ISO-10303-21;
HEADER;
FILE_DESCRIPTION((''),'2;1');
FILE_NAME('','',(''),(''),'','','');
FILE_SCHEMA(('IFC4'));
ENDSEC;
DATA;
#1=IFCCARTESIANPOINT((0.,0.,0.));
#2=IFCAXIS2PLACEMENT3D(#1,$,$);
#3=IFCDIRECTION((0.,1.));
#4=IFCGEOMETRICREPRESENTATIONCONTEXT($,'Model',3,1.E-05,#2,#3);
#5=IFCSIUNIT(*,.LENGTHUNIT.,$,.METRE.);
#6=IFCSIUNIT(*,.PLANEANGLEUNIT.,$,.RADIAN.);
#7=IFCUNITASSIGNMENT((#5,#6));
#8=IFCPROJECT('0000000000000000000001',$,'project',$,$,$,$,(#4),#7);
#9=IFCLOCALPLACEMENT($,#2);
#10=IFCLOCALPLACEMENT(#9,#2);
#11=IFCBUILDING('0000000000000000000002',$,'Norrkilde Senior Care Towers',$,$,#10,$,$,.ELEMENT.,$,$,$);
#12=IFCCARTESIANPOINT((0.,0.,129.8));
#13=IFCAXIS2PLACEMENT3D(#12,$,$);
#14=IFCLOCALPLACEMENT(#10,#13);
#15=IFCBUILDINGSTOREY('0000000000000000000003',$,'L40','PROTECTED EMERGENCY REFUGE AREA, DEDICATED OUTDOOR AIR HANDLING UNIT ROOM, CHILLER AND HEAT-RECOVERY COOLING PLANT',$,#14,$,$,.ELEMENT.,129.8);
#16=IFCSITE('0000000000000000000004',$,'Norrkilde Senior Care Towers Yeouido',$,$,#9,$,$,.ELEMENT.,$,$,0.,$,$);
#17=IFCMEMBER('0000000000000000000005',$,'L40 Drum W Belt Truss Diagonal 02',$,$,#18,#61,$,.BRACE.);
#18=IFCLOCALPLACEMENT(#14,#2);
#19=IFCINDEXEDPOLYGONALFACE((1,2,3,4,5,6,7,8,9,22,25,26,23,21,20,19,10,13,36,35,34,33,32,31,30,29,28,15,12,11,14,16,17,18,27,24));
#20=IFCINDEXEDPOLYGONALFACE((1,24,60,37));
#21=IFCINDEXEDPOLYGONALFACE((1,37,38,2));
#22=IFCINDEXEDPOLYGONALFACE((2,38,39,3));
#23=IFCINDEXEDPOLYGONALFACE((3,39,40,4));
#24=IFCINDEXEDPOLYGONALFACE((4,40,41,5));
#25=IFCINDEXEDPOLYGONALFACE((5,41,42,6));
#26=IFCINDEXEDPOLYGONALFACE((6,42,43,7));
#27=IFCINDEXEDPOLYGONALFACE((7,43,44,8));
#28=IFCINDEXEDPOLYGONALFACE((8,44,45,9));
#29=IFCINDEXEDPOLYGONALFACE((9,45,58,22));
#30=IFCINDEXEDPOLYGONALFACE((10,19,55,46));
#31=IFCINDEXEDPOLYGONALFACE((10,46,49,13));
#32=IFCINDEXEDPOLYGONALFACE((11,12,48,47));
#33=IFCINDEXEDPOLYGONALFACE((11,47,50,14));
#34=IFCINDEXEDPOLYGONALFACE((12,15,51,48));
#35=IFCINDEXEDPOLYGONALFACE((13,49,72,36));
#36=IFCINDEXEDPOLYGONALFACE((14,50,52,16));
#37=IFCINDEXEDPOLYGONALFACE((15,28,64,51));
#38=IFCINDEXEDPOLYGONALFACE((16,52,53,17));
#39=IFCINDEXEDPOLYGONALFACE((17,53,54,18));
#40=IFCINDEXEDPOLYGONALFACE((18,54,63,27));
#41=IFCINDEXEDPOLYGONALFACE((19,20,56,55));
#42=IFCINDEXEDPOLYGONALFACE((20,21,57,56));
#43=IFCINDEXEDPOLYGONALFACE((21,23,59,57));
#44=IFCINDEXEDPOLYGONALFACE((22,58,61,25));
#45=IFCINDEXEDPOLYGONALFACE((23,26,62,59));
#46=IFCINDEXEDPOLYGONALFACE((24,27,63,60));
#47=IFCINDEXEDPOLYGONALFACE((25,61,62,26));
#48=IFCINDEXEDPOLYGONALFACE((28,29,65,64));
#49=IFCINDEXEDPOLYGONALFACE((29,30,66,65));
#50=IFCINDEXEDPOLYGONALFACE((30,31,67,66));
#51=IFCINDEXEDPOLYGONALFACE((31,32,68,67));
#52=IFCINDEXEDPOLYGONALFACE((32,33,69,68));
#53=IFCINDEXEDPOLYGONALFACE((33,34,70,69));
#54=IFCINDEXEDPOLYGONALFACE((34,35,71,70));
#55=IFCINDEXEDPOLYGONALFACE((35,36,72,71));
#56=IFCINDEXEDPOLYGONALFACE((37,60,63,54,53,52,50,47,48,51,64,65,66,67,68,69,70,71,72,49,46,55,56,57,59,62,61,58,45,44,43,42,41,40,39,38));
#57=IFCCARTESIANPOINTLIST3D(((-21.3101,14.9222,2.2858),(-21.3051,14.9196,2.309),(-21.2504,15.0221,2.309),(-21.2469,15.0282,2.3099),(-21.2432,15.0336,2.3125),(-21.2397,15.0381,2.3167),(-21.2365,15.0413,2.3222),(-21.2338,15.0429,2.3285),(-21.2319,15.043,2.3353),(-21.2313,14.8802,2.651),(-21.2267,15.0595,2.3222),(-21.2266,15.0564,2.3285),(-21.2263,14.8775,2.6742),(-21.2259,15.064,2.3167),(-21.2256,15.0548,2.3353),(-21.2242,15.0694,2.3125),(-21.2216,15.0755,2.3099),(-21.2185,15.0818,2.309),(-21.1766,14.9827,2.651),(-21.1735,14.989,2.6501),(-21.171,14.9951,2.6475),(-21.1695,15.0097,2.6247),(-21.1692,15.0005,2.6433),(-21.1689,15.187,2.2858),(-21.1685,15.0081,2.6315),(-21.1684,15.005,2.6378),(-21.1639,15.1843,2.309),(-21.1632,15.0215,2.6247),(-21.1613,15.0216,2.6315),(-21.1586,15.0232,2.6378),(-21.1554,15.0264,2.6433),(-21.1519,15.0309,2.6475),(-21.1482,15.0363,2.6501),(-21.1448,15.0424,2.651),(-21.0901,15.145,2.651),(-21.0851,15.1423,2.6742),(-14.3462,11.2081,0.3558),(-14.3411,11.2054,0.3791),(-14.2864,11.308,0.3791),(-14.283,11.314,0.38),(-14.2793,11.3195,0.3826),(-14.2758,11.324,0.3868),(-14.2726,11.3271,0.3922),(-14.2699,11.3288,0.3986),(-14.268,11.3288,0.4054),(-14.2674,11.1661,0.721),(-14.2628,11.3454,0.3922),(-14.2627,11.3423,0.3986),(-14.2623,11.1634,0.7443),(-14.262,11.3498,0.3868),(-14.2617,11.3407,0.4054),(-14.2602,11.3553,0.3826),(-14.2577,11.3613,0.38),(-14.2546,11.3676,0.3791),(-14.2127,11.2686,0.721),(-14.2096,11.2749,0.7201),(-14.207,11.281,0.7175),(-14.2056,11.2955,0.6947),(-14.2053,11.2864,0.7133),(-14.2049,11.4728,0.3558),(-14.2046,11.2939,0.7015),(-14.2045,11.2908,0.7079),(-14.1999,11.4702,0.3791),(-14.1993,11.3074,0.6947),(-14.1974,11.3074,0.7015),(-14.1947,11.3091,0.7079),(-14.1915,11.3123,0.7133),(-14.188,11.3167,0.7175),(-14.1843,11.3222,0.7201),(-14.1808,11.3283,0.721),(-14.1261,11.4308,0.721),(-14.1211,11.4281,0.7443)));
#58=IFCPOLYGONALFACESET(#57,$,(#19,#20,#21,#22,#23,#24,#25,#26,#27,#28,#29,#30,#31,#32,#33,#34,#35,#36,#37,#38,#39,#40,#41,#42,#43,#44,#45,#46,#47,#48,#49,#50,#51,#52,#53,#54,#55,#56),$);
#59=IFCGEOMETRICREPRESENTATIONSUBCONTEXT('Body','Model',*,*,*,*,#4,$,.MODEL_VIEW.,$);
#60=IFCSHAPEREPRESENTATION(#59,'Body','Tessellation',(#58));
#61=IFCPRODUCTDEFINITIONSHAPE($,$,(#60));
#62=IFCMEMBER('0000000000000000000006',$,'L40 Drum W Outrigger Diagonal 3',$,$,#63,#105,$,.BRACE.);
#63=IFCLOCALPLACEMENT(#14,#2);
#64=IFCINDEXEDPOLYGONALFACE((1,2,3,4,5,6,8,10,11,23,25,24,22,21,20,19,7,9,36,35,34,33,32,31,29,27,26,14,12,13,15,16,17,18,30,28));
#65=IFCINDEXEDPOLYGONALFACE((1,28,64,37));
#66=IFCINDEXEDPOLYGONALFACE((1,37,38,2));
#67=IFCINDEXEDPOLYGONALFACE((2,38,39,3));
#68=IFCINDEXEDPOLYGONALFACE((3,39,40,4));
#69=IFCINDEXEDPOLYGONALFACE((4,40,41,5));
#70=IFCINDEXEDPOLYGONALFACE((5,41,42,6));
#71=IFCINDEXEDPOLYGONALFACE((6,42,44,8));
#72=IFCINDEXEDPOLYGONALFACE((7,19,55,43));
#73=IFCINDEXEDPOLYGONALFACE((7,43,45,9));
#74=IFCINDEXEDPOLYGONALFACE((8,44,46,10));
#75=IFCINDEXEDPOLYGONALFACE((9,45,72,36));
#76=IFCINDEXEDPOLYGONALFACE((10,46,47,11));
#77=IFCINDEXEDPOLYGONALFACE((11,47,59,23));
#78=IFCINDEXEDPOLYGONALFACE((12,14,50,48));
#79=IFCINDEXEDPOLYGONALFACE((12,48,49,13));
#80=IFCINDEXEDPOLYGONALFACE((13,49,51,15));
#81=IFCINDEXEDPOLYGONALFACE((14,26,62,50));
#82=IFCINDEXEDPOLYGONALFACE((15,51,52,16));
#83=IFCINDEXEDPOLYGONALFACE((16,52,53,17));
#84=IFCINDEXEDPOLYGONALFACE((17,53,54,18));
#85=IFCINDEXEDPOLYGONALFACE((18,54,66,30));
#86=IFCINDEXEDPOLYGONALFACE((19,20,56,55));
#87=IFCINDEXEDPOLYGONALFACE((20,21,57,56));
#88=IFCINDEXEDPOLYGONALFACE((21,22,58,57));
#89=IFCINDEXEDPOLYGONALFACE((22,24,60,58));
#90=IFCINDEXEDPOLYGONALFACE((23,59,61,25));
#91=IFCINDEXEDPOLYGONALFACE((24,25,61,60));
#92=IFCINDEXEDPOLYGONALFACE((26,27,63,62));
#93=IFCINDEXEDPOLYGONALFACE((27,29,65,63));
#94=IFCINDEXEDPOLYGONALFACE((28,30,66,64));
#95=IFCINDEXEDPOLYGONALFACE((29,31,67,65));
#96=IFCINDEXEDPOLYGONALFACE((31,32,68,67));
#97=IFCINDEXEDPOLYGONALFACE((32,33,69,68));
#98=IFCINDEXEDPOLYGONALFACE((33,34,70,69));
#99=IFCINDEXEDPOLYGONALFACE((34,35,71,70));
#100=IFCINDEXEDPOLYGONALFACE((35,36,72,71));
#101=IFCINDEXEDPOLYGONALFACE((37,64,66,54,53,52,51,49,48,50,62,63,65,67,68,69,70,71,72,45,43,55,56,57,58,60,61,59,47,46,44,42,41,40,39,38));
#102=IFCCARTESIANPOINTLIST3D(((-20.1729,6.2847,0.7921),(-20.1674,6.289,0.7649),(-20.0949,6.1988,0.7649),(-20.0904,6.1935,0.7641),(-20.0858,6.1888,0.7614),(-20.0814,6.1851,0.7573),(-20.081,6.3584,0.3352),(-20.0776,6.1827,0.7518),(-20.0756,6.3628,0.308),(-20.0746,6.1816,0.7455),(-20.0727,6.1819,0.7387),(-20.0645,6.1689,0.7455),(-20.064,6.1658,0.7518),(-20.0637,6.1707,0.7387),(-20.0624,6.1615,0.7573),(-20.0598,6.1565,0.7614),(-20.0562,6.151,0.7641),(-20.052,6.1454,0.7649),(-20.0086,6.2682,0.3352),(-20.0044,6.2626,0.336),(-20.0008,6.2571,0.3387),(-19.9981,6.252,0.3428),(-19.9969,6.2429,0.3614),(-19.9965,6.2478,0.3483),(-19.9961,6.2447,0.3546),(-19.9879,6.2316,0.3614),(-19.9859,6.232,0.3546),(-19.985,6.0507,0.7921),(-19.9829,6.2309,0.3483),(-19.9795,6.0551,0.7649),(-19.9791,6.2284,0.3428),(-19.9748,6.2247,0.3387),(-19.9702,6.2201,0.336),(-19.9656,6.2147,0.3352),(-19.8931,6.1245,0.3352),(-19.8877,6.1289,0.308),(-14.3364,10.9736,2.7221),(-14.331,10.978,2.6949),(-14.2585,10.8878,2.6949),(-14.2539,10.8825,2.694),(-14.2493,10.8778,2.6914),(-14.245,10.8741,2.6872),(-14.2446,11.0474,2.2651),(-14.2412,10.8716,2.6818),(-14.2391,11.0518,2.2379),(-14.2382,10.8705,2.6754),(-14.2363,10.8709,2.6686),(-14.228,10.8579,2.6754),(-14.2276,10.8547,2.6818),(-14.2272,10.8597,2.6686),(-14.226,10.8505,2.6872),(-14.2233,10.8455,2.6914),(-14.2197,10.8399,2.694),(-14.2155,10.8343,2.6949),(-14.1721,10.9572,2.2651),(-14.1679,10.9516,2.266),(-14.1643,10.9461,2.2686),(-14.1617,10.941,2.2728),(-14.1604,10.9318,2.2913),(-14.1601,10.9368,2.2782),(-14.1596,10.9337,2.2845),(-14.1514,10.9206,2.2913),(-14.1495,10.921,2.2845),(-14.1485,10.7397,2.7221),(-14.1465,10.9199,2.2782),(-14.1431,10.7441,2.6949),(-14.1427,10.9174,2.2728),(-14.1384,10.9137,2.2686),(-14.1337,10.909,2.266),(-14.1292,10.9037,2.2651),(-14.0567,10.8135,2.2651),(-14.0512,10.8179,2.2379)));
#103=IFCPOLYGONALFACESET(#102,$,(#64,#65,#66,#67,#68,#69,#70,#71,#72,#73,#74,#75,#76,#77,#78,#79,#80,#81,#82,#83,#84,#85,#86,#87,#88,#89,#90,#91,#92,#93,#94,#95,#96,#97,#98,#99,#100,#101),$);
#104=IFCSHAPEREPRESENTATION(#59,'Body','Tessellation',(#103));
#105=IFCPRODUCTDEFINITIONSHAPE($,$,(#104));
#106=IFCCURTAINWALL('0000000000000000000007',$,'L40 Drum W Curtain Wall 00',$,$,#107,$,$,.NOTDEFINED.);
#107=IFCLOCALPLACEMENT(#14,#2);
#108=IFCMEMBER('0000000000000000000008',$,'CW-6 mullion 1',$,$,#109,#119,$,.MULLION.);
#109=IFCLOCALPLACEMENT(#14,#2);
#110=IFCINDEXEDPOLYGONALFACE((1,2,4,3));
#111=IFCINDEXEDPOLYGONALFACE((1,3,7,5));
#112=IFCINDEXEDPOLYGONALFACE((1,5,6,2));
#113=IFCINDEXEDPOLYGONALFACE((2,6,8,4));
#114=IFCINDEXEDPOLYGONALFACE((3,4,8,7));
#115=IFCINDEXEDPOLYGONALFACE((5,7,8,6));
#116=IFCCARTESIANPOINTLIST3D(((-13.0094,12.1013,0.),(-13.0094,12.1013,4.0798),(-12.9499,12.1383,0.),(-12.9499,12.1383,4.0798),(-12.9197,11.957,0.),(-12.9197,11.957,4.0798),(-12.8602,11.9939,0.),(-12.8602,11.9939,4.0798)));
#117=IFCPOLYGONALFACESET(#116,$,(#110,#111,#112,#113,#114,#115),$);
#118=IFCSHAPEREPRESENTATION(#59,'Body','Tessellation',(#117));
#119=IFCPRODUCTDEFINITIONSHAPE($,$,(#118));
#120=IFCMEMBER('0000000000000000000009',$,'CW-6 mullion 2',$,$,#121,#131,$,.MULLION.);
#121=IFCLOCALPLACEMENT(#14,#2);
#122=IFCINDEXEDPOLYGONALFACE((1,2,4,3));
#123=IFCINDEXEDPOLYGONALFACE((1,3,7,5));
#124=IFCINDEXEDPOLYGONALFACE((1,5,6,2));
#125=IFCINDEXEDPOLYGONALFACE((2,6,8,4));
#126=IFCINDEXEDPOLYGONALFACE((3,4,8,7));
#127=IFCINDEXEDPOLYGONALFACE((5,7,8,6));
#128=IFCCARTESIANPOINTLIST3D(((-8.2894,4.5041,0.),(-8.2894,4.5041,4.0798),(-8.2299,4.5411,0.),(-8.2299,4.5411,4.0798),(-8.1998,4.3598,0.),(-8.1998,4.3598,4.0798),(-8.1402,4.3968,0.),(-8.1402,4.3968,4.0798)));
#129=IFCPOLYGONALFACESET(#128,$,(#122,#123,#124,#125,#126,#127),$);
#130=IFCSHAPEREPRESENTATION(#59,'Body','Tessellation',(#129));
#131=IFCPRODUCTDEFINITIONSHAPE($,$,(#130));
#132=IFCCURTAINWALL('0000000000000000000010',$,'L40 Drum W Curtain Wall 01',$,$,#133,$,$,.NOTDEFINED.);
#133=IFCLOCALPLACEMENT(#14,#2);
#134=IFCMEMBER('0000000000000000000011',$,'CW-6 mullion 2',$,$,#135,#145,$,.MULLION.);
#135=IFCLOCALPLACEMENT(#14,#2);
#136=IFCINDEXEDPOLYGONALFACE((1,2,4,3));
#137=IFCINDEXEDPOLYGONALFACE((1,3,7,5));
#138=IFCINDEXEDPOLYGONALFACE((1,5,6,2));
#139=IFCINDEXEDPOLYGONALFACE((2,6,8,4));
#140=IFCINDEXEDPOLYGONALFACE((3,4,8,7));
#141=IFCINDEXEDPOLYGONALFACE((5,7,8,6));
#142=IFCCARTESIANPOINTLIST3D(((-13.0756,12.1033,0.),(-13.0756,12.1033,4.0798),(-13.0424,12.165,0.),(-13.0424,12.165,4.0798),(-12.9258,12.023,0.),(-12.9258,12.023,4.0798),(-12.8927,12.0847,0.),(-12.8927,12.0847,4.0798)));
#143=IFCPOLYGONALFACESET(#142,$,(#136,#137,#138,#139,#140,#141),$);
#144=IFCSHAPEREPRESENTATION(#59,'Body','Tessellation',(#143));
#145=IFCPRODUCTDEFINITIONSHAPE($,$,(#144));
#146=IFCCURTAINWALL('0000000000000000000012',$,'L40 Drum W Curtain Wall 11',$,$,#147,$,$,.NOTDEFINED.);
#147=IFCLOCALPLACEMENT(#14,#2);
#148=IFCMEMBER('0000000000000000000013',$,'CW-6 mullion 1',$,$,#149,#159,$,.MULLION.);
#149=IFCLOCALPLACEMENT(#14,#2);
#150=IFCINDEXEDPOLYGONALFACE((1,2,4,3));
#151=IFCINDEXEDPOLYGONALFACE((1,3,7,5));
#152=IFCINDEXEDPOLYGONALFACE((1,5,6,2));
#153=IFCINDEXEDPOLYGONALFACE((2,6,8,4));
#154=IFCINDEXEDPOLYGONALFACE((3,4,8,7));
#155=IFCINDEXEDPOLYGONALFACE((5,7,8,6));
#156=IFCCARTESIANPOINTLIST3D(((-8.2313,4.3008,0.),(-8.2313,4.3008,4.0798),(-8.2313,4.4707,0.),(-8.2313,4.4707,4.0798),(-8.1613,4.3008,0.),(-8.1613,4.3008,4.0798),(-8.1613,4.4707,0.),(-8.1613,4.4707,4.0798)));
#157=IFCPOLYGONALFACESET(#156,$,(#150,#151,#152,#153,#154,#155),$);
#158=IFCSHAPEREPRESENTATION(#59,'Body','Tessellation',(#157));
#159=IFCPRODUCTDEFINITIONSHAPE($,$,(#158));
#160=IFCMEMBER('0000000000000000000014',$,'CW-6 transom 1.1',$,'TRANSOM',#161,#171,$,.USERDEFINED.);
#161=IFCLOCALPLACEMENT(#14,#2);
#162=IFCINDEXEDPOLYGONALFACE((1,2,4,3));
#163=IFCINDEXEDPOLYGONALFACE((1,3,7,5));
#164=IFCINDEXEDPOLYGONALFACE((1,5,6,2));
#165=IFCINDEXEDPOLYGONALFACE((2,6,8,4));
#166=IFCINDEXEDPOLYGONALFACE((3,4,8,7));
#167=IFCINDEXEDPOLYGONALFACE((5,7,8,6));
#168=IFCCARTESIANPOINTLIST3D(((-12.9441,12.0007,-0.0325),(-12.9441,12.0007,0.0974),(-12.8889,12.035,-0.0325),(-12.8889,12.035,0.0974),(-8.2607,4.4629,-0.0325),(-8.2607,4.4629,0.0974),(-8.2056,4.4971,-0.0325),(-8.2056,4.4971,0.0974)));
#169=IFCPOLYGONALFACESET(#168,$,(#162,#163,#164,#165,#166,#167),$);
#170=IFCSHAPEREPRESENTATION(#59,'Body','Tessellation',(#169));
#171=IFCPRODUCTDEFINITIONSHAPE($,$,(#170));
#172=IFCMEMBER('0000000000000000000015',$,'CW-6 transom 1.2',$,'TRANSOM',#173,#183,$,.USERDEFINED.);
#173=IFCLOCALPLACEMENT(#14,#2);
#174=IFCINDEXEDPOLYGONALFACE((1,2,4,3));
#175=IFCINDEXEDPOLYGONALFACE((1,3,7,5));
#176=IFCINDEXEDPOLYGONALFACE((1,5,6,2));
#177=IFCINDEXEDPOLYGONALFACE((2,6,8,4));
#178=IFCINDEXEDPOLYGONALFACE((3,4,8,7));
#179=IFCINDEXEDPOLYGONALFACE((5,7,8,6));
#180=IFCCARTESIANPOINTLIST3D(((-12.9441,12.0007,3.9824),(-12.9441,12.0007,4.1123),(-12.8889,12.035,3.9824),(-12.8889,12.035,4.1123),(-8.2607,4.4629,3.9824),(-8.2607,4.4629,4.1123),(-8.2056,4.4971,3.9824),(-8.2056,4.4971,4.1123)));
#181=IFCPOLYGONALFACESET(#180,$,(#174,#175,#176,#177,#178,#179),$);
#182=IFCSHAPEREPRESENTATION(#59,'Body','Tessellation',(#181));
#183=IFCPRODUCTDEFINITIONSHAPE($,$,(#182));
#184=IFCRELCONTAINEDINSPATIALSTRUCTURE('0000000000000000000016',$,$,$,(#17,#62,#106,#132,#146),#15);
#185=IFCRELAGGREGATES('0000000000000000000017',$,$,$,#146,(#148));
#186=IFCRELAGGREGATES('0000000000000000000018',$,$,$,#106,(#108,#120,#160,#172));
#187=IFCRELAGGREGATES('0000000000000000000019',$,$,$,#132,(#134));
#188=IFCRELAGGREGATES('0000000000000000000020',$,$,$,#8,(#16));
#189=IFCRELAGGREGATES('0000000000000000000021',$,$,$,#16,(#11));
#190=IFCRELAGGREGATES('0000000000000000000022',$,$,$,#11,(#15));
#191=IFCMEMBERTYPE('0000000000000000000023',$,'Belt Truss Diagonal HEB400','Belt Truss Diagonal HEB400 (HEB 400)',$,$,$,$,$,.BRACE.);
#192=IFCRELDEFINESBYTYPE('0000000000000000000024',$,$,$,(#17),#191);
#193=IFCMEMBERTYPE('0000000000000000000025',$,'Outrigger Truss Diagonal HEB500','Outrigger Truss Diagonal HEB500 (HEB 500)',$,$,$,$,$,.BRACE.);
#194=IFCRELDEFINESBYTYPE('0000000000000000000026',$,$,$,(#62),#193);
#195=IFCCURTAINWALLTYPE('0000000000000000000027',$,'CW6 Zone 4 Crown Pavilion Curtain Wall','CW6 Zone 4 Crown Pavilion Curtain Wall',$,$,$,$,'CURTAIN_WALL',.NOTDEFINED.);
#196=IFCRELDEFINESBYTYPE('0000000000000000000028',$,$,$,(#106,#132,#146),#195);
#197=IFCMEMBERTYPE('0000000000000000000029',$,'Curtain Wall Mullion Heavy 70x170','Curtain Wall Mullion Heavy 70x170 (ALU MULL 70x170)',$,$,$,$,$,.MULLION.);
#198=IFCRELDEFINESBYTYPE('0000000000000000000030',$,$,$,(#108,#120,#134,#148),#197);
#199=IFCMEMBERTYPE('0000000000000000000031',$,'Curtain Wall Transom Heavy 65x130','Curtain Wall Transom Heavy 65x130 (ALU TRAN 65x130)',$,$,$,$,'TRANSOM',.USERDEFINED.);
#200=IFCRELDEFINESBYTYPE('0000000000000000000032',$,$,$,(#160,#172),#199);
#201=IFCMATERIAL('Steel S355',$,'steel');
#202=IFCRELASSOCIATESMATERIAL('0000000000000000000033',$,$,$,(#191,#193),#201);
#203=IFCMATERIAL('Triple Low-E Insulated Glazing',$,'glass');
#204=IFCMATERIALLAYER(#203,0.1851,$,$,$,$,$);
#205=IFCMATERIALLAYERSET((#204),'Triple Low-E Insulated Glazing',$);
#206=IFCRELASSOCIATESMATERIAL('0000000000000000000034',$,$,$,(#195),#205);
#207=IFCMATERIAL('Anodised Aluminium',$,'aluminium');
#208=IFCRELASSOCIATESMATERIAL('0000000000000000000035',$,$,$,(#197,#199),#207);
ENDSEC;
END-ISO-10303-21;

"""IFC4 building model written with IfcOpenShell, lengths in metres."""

from ifc_helpers import new_model, si_unit, direction, frame, origin, origin_2d, place, context, subcontext, project, spatial, rectangle, i_section, extrude, source, transform, mapped, material, layer, layer_set, material_profile, profile_set, type_object, type_shapes, element, aggregate, save


model = new_model("IFC4")

# Units and contexts
model_context = context("Model", 3, precision=1e-05, world=origin(), true_north=direction((0.0, 1.0)))
body_context = subcontext(model_context, "Body", "Model", "MODEL_VIEW")
ifc_project = project(units=[si_unit("LENGTHUNIT", "METRE"), si_unit("PLANEANGLEUNIT", "RADIAN")], contexts=[model_context])

# Site, building, storey
site_placement = place(None, origin())
site = spatial("IfcSite", under=ifc_project, at=site_placement, Name="Norrkilde Senior Care Towers Yeouido", CompositionType="ELEMENT", RefElevation=0.0)
building_placement = place(site_placement, origin())
building = spatial("IfcBuilding", under=site, at=building_placement, Name="Norrkilde Senior Care Towers", CompositionType="ELEMENT")
storey_placement = place(building_placement, frame((0.0, 0.0, 129.8)))
storey = spatial("IfcBuildingStorey", under=building, at=storey_placement, Name="L40", Description="PROTECTED EMERGENCY REFUGE AREA, DEDICATED OUTDOOR AIR HANDLING UNIT ROOM, CHILLER AND HEAT-RECOVERY COOLING PLANT", CompositionType="ELEMENT", Elevation=129.8)

# Members
ifc_material_1 = material(Name="Steel S355", Category="steel")
ifc_material_profile_1 = material_profile(ifc_material_1, i_section(OverallWidth=0.3, OverallDepth=0.3999, WebThickness=0.0134, FlangeThickness=0.0239, FilletRadius=0.0271, at=origin_2d()), Name="HEB 400")
ifc_profile_set_1 = profile_set([ifc_material_profile_1], Name="Steel S355")
member_type_1 = type_object("IfcMemberType", Name="Belt Truss Diagonal HEB400", Description="Belt Truss Diagonal HEB400 (HEB 400)", PredefinedType="BRACE", material=ifc_profile_set_1)
shared_shape_1 = source(origin(), body_context, "Body", "SweptSolid", [
    extrude(i_section(OverallWidth=0.3, OverallDepth=0.3999, WebThickness=0.0134, FlangeThickness=0.0239, FilletRadius=0.0271, at=origin_2d()), origin(), (0.0, 0.0, 1.0), 8.125),
])
member_1_placement = place(storey_placement, frame((-14.2336, 11.3181, 0.55), z_axis=(-0.857097, 0.457125, 0.237532), x_axis=(-0.470593, -0.88235, 0.0)))
element("IfcMember", 1, at=member_1_placement, inside=storey, type_object=member_type_1, Name="L40 Drum W Belt Truss Diagonal 02", PredefinedType="BRACE", context=body_context, shape_type="MappedRepresentation", body=[
    mapped(shared_shape_1, transform((0.0, 0.0, 0.0), x_axis=(1.0, 0.0, 0.0), y_axis=(0.0, 1.0, 0.0), z_axis=(0.0, 0.0, 1.0), scale=1.0)),
])
ifc_material_profile_2 = material_profile(ifc_material_1, i_section(OverallWidth=0.3, OverallDepth=0.5, WebThickness=0.0144, FlangeThickness=0.0281, FilletRadius=0.0271, at=origin_2d()), Name="HEB 500")
ifc_profile_set_2 = profile_set([ifc_material_profile_2], Name="Steel S355")
member_type_2 = type_object("IfcMemberType", Name="Outrigger Truss Diagonal HEB500", Description="Outrigger Truss Diagonal HEB500 (HEB 500)", PredefinedType="BRACE", material=ifc_profile_set_2)
shared_shape_2 = source(origin(), body_context, "Body", "SweptSolid", [
    extrude(i_section(OverallWidth=0.3, OverallDepth=0.5, WebThickness=0.0144, FlangeThickness=0.0281, FilletRadius=0.0271, at=origin_2d()), origin(), (0.0, 0.0, 1.0), 7.7314),
])
type_shapes(member_type_2, [shared_shape_2])
member_2_placement = place(storey_placement, frame((-20.0303, 6.2068, 0.55), z_axis=(0.754897, 0.606482, 0.249622), x_axis=(-0.626308, 0.779575, 0.0)))
element("IfcMember", 2, at=member_2_placement, inside=storey, type_object=member_type_2, Name="L40 Drum W Outrigger Diagonal 3", PredefinedType="BRACE", context=body_context, shape_type="MappedRepresentation", body=[
    mapped(shared_shape_2, transform((0.0, 0.0, 0.0), x_axis=(1.0, 0.0, 0.0), y_axis=(0.0, 1.0, 0.0), z_axis=(0.0, 0.0, 1.0), scale=1.0)),
])

# Curtain wall, members
ifc_material_2 = material(Name="Triple Low-E Insulated Glazing", Category="glass")
ifc_layer_1 = layer(ifc_material_2, 0.1851)
ifc_layer_set_1 = layer_set([ifc_layer_1], Name="Triple Low-E Insulated Glazing")
curtain_wall_type = type_object("IfcCurtainWallType", Name="CW6 Zone 4 Crown Pavilion Curtain Wall", Description="CW6 Zone 4 Crown Pavilion Curtain Wall", ElementType="CURTAIN_WALL", PredefinedType="NOTDEFINED", material=ifc_layer_set_1)
curtain_wall_1_placement = place(storey_placement, origin())
curtain_wall_1 = element("IfcCurtainWall", 3, at=curtain_wall_1_placement, inside=storey, type_object=curtain_wall_type, Name="L40 Drum W Curtain Wall 00", PredefinedType="NOTDEFINED")
ifc_material_3 = material(Name="Anodised Aluminium", Category="aluminium")
ifc_material_profile_3 = material_profile(ifc_material_3, rectangle(XDim=0.0701, YDim=0.1699, at=origin_2d()), Name="ALU MULL 70x170")
ifc_profile_set_3 = profile_set([ifc_material_profile_3], Name="Anodised Aluminium")
member_type_3 = type_object("IfcMemberType", Name="Curtain Wall Mullion Heavy 70x170", Description="Curtain Wall Mullion Heavy 70x170 (ALU MULL 70x170)", PredefinedType="MULLION", material=ifc_profile_set_3)
shared_shape_3 = source(origin(), body_context, "Body", "SweptSolid", [
    extrude(rectangle(XDim=0.0701, YDim=0.1699, at=origin_2d()), origin(), (0.0, 0.0, 1.0), 4.0798),
])
type_shapes(member_type_3, [shared_shape_3])
member_3_placement = place(storey_placement, frame((-12.9348, 12.0476, 0.0), z_axis=(0.0, 0.0, 1.0), x_axis=(0.84941, 0.527733, 0.0)))
member_3 = element("IfcMember", 4, at=member_3_placement, type_object=member_type_3, Name="CW-6 mullion 1", PredefinedType="MULLION", context=body_context, shape_type="MappedRepresentation", body=[
    mapped(shared_shape_3, transform((0.0, 0.0, 0.0), x_axis=(1.0, 0.0, 0.0), y_axis=(0.0, 1.0, 0.0), z_axis=(0.0, 0.0, 1.0), scale=1.0)),
])
member_4_placement = place(storey_placement, frame((-8.2148, 4.4504, 0.0), z_axis=(0.0, 0.0, 1.0), x_axis=(0.84941, 0.527733, 0.0)))
member_4 = element("IfcMember", 5, at=member_4_placement, type_object=member_type_3, Name="CW-6 mullion 2", PredefinedType="MULLION", context=body_context, shape_type="MappedRepresentation", body=[
    mapped(shared_shape_3, transform((0.0, 0.0, 0.0), x_axis=(1.0, 0.0, 0.0), y_axis=(0.0, 1.0, 0.0), z_axis=(0.0, 0.0, 1.0), scale=1.0)),
])

# Curtain walls, members
curtain_wall_2_placement = place(storey_placement, origin())
curtain_wall_2 = element("IfcCurtainWall", 6, at=curtain_wall_2_placement, inside=storey, type_object=curtain_wall_type, Name="L40 Drum W Curtain Wall 01", PredefinedType="NOTDEFINED")
member_5_placement = place(storey_placement, frame((-12.9841, 12.094, 0.0), z_axis=(0.0, 0.0, 1.0), x_axis=(0.472769, 0.881186, 0.0)))
member_5 = element("IfcMember", 7, at=member_5_placement, type_object=member_type_3, Name="CW-6 mullion 2", PredefinedType="MULLION", context=body_context, shape_type="MappedRepresentation", body=[
    mapped(shared_shape_3, transform((0.0, 0.0, 0.0), x_axis=(1.0, 0.0, 0.0), y_axis=(0.0, 1.0, 0.0), z_axis=(0.0, 0.0, 1.0), scale=1.0)),
])
curtain_wall_3_placement = place(storey_placement, origin())
curtain_wall_3 = element("IfcCurtainWall", 8, at=curtain_wall_3_placement, inside=storey, type_object=curtain_wall_type, Name="L40 Drum W Curtain Wall 11", PredefinedType="NOTDEFINED")
member_6_placement = place(storey_placement, frame((-8.1963, 4.3857, 0.0), z_axis=(0.0, 0.0, 1.0), x_axis=(1.0, 0.0, 0.0)))
member_6 = element("IfcMember", 9, at=member_6_placement, type_object=member_type_3, Name="CW-6 mullion 1", PredefinedType="MULLION", context=body_context, shape_type="MappedRepresentation", body=[
    mapped(shared_shape_3, transform((0.0, 0.0, 0.0), x_axis=(1.0, 0.0, 0.0), y_axis=(0.0, 1.0, 0.0), z_axis=(0.0, 0.0, 1.0), scale=1.0)),
])

# Members
ifc_material_profile_4 = material_profile(ifc_material_3, rectangle(XDim=0.0649, YDim=0.1299, at=origin_2d()), Name="ALU TRAN 65x130")
ifc_profile_set_4 = profile_set([ifc_material_profile_4], Name="Anodised Aluminium")
member_type_4 = type_object("IfcMemberType", Name="Curtain Wall Transom Heavy 65x130", Description="Curtain Wall Transom Heavy 65x130 (ALU TRAN 65x130)", ElementType="TRANSOM", PredefinedType="USERDEFINED", material=ifc_profile_set_4)
shared_shape_4 = source(origin(), body_context, "Body", "SweptSolid", [
    extrude(rectangle(XDim=0.0649, YDim=0.1299, at=origin_2d()), origin(), (0.0, 0.0, 1.0), 8.8743),
])
member_7_placement = place(storey_placement, frame((-12.9165, 12.0178, 0.0325), z_axis=(0.527744, -0.849403, 0.0), x_axis=(0.849403, 0.527744, 0.0)))
member_7 = element("IfcMember", 10, at=member_7_placement, type_object=member_type_4, Name="CW-6 transom 1.1", ObjectType="TRANSOM", PredefinedType="USERDEFINED", context=body_context, shape_type="MappedRepresentation", body=[
    mapped(shared_shape_4, transform((0.0, 0.0, 0.0), x_axis=(1.0, 0.0, 0.0), y_axis=(0.0, 1.0, 0.0), z_axis=(0.0, 0.0, 1.0), scale=1.0)),
])
member_8_placement = place(storey_placement, frame((-12.9165, 12.0178, 4.0474), z_axis=(0.527744, -0.849403, 0.0), x_axis=(0.849403, 0.527744, 0.0)))
member_8 = element("IfcMember", 11, at=member_8_placement, type_object=member_type_4, Name="CW-6 transom 1.2", ObjectType="TRANSOM", PredefinedType="USERDEFINED", context=body_context, shape_type="MappedRepresentation", body=[
    mapped(shared_shape_4, transform((0.0, 0.0, 0.0), x_axis=(1.0, 0.0, 0.0), y_axis=(0.0, 1.0, 0.0), z_axis=(0.0, 0.0, 1.0), scale=1.0)),
])
aggregate(curtain_wall_3, [member_6])

aggregate(curtain_wall_1, [member_3, member_4, member_7, member_8])
aggregate(curtain_wall_2, [member_5])

save(model, "model.ifc")
